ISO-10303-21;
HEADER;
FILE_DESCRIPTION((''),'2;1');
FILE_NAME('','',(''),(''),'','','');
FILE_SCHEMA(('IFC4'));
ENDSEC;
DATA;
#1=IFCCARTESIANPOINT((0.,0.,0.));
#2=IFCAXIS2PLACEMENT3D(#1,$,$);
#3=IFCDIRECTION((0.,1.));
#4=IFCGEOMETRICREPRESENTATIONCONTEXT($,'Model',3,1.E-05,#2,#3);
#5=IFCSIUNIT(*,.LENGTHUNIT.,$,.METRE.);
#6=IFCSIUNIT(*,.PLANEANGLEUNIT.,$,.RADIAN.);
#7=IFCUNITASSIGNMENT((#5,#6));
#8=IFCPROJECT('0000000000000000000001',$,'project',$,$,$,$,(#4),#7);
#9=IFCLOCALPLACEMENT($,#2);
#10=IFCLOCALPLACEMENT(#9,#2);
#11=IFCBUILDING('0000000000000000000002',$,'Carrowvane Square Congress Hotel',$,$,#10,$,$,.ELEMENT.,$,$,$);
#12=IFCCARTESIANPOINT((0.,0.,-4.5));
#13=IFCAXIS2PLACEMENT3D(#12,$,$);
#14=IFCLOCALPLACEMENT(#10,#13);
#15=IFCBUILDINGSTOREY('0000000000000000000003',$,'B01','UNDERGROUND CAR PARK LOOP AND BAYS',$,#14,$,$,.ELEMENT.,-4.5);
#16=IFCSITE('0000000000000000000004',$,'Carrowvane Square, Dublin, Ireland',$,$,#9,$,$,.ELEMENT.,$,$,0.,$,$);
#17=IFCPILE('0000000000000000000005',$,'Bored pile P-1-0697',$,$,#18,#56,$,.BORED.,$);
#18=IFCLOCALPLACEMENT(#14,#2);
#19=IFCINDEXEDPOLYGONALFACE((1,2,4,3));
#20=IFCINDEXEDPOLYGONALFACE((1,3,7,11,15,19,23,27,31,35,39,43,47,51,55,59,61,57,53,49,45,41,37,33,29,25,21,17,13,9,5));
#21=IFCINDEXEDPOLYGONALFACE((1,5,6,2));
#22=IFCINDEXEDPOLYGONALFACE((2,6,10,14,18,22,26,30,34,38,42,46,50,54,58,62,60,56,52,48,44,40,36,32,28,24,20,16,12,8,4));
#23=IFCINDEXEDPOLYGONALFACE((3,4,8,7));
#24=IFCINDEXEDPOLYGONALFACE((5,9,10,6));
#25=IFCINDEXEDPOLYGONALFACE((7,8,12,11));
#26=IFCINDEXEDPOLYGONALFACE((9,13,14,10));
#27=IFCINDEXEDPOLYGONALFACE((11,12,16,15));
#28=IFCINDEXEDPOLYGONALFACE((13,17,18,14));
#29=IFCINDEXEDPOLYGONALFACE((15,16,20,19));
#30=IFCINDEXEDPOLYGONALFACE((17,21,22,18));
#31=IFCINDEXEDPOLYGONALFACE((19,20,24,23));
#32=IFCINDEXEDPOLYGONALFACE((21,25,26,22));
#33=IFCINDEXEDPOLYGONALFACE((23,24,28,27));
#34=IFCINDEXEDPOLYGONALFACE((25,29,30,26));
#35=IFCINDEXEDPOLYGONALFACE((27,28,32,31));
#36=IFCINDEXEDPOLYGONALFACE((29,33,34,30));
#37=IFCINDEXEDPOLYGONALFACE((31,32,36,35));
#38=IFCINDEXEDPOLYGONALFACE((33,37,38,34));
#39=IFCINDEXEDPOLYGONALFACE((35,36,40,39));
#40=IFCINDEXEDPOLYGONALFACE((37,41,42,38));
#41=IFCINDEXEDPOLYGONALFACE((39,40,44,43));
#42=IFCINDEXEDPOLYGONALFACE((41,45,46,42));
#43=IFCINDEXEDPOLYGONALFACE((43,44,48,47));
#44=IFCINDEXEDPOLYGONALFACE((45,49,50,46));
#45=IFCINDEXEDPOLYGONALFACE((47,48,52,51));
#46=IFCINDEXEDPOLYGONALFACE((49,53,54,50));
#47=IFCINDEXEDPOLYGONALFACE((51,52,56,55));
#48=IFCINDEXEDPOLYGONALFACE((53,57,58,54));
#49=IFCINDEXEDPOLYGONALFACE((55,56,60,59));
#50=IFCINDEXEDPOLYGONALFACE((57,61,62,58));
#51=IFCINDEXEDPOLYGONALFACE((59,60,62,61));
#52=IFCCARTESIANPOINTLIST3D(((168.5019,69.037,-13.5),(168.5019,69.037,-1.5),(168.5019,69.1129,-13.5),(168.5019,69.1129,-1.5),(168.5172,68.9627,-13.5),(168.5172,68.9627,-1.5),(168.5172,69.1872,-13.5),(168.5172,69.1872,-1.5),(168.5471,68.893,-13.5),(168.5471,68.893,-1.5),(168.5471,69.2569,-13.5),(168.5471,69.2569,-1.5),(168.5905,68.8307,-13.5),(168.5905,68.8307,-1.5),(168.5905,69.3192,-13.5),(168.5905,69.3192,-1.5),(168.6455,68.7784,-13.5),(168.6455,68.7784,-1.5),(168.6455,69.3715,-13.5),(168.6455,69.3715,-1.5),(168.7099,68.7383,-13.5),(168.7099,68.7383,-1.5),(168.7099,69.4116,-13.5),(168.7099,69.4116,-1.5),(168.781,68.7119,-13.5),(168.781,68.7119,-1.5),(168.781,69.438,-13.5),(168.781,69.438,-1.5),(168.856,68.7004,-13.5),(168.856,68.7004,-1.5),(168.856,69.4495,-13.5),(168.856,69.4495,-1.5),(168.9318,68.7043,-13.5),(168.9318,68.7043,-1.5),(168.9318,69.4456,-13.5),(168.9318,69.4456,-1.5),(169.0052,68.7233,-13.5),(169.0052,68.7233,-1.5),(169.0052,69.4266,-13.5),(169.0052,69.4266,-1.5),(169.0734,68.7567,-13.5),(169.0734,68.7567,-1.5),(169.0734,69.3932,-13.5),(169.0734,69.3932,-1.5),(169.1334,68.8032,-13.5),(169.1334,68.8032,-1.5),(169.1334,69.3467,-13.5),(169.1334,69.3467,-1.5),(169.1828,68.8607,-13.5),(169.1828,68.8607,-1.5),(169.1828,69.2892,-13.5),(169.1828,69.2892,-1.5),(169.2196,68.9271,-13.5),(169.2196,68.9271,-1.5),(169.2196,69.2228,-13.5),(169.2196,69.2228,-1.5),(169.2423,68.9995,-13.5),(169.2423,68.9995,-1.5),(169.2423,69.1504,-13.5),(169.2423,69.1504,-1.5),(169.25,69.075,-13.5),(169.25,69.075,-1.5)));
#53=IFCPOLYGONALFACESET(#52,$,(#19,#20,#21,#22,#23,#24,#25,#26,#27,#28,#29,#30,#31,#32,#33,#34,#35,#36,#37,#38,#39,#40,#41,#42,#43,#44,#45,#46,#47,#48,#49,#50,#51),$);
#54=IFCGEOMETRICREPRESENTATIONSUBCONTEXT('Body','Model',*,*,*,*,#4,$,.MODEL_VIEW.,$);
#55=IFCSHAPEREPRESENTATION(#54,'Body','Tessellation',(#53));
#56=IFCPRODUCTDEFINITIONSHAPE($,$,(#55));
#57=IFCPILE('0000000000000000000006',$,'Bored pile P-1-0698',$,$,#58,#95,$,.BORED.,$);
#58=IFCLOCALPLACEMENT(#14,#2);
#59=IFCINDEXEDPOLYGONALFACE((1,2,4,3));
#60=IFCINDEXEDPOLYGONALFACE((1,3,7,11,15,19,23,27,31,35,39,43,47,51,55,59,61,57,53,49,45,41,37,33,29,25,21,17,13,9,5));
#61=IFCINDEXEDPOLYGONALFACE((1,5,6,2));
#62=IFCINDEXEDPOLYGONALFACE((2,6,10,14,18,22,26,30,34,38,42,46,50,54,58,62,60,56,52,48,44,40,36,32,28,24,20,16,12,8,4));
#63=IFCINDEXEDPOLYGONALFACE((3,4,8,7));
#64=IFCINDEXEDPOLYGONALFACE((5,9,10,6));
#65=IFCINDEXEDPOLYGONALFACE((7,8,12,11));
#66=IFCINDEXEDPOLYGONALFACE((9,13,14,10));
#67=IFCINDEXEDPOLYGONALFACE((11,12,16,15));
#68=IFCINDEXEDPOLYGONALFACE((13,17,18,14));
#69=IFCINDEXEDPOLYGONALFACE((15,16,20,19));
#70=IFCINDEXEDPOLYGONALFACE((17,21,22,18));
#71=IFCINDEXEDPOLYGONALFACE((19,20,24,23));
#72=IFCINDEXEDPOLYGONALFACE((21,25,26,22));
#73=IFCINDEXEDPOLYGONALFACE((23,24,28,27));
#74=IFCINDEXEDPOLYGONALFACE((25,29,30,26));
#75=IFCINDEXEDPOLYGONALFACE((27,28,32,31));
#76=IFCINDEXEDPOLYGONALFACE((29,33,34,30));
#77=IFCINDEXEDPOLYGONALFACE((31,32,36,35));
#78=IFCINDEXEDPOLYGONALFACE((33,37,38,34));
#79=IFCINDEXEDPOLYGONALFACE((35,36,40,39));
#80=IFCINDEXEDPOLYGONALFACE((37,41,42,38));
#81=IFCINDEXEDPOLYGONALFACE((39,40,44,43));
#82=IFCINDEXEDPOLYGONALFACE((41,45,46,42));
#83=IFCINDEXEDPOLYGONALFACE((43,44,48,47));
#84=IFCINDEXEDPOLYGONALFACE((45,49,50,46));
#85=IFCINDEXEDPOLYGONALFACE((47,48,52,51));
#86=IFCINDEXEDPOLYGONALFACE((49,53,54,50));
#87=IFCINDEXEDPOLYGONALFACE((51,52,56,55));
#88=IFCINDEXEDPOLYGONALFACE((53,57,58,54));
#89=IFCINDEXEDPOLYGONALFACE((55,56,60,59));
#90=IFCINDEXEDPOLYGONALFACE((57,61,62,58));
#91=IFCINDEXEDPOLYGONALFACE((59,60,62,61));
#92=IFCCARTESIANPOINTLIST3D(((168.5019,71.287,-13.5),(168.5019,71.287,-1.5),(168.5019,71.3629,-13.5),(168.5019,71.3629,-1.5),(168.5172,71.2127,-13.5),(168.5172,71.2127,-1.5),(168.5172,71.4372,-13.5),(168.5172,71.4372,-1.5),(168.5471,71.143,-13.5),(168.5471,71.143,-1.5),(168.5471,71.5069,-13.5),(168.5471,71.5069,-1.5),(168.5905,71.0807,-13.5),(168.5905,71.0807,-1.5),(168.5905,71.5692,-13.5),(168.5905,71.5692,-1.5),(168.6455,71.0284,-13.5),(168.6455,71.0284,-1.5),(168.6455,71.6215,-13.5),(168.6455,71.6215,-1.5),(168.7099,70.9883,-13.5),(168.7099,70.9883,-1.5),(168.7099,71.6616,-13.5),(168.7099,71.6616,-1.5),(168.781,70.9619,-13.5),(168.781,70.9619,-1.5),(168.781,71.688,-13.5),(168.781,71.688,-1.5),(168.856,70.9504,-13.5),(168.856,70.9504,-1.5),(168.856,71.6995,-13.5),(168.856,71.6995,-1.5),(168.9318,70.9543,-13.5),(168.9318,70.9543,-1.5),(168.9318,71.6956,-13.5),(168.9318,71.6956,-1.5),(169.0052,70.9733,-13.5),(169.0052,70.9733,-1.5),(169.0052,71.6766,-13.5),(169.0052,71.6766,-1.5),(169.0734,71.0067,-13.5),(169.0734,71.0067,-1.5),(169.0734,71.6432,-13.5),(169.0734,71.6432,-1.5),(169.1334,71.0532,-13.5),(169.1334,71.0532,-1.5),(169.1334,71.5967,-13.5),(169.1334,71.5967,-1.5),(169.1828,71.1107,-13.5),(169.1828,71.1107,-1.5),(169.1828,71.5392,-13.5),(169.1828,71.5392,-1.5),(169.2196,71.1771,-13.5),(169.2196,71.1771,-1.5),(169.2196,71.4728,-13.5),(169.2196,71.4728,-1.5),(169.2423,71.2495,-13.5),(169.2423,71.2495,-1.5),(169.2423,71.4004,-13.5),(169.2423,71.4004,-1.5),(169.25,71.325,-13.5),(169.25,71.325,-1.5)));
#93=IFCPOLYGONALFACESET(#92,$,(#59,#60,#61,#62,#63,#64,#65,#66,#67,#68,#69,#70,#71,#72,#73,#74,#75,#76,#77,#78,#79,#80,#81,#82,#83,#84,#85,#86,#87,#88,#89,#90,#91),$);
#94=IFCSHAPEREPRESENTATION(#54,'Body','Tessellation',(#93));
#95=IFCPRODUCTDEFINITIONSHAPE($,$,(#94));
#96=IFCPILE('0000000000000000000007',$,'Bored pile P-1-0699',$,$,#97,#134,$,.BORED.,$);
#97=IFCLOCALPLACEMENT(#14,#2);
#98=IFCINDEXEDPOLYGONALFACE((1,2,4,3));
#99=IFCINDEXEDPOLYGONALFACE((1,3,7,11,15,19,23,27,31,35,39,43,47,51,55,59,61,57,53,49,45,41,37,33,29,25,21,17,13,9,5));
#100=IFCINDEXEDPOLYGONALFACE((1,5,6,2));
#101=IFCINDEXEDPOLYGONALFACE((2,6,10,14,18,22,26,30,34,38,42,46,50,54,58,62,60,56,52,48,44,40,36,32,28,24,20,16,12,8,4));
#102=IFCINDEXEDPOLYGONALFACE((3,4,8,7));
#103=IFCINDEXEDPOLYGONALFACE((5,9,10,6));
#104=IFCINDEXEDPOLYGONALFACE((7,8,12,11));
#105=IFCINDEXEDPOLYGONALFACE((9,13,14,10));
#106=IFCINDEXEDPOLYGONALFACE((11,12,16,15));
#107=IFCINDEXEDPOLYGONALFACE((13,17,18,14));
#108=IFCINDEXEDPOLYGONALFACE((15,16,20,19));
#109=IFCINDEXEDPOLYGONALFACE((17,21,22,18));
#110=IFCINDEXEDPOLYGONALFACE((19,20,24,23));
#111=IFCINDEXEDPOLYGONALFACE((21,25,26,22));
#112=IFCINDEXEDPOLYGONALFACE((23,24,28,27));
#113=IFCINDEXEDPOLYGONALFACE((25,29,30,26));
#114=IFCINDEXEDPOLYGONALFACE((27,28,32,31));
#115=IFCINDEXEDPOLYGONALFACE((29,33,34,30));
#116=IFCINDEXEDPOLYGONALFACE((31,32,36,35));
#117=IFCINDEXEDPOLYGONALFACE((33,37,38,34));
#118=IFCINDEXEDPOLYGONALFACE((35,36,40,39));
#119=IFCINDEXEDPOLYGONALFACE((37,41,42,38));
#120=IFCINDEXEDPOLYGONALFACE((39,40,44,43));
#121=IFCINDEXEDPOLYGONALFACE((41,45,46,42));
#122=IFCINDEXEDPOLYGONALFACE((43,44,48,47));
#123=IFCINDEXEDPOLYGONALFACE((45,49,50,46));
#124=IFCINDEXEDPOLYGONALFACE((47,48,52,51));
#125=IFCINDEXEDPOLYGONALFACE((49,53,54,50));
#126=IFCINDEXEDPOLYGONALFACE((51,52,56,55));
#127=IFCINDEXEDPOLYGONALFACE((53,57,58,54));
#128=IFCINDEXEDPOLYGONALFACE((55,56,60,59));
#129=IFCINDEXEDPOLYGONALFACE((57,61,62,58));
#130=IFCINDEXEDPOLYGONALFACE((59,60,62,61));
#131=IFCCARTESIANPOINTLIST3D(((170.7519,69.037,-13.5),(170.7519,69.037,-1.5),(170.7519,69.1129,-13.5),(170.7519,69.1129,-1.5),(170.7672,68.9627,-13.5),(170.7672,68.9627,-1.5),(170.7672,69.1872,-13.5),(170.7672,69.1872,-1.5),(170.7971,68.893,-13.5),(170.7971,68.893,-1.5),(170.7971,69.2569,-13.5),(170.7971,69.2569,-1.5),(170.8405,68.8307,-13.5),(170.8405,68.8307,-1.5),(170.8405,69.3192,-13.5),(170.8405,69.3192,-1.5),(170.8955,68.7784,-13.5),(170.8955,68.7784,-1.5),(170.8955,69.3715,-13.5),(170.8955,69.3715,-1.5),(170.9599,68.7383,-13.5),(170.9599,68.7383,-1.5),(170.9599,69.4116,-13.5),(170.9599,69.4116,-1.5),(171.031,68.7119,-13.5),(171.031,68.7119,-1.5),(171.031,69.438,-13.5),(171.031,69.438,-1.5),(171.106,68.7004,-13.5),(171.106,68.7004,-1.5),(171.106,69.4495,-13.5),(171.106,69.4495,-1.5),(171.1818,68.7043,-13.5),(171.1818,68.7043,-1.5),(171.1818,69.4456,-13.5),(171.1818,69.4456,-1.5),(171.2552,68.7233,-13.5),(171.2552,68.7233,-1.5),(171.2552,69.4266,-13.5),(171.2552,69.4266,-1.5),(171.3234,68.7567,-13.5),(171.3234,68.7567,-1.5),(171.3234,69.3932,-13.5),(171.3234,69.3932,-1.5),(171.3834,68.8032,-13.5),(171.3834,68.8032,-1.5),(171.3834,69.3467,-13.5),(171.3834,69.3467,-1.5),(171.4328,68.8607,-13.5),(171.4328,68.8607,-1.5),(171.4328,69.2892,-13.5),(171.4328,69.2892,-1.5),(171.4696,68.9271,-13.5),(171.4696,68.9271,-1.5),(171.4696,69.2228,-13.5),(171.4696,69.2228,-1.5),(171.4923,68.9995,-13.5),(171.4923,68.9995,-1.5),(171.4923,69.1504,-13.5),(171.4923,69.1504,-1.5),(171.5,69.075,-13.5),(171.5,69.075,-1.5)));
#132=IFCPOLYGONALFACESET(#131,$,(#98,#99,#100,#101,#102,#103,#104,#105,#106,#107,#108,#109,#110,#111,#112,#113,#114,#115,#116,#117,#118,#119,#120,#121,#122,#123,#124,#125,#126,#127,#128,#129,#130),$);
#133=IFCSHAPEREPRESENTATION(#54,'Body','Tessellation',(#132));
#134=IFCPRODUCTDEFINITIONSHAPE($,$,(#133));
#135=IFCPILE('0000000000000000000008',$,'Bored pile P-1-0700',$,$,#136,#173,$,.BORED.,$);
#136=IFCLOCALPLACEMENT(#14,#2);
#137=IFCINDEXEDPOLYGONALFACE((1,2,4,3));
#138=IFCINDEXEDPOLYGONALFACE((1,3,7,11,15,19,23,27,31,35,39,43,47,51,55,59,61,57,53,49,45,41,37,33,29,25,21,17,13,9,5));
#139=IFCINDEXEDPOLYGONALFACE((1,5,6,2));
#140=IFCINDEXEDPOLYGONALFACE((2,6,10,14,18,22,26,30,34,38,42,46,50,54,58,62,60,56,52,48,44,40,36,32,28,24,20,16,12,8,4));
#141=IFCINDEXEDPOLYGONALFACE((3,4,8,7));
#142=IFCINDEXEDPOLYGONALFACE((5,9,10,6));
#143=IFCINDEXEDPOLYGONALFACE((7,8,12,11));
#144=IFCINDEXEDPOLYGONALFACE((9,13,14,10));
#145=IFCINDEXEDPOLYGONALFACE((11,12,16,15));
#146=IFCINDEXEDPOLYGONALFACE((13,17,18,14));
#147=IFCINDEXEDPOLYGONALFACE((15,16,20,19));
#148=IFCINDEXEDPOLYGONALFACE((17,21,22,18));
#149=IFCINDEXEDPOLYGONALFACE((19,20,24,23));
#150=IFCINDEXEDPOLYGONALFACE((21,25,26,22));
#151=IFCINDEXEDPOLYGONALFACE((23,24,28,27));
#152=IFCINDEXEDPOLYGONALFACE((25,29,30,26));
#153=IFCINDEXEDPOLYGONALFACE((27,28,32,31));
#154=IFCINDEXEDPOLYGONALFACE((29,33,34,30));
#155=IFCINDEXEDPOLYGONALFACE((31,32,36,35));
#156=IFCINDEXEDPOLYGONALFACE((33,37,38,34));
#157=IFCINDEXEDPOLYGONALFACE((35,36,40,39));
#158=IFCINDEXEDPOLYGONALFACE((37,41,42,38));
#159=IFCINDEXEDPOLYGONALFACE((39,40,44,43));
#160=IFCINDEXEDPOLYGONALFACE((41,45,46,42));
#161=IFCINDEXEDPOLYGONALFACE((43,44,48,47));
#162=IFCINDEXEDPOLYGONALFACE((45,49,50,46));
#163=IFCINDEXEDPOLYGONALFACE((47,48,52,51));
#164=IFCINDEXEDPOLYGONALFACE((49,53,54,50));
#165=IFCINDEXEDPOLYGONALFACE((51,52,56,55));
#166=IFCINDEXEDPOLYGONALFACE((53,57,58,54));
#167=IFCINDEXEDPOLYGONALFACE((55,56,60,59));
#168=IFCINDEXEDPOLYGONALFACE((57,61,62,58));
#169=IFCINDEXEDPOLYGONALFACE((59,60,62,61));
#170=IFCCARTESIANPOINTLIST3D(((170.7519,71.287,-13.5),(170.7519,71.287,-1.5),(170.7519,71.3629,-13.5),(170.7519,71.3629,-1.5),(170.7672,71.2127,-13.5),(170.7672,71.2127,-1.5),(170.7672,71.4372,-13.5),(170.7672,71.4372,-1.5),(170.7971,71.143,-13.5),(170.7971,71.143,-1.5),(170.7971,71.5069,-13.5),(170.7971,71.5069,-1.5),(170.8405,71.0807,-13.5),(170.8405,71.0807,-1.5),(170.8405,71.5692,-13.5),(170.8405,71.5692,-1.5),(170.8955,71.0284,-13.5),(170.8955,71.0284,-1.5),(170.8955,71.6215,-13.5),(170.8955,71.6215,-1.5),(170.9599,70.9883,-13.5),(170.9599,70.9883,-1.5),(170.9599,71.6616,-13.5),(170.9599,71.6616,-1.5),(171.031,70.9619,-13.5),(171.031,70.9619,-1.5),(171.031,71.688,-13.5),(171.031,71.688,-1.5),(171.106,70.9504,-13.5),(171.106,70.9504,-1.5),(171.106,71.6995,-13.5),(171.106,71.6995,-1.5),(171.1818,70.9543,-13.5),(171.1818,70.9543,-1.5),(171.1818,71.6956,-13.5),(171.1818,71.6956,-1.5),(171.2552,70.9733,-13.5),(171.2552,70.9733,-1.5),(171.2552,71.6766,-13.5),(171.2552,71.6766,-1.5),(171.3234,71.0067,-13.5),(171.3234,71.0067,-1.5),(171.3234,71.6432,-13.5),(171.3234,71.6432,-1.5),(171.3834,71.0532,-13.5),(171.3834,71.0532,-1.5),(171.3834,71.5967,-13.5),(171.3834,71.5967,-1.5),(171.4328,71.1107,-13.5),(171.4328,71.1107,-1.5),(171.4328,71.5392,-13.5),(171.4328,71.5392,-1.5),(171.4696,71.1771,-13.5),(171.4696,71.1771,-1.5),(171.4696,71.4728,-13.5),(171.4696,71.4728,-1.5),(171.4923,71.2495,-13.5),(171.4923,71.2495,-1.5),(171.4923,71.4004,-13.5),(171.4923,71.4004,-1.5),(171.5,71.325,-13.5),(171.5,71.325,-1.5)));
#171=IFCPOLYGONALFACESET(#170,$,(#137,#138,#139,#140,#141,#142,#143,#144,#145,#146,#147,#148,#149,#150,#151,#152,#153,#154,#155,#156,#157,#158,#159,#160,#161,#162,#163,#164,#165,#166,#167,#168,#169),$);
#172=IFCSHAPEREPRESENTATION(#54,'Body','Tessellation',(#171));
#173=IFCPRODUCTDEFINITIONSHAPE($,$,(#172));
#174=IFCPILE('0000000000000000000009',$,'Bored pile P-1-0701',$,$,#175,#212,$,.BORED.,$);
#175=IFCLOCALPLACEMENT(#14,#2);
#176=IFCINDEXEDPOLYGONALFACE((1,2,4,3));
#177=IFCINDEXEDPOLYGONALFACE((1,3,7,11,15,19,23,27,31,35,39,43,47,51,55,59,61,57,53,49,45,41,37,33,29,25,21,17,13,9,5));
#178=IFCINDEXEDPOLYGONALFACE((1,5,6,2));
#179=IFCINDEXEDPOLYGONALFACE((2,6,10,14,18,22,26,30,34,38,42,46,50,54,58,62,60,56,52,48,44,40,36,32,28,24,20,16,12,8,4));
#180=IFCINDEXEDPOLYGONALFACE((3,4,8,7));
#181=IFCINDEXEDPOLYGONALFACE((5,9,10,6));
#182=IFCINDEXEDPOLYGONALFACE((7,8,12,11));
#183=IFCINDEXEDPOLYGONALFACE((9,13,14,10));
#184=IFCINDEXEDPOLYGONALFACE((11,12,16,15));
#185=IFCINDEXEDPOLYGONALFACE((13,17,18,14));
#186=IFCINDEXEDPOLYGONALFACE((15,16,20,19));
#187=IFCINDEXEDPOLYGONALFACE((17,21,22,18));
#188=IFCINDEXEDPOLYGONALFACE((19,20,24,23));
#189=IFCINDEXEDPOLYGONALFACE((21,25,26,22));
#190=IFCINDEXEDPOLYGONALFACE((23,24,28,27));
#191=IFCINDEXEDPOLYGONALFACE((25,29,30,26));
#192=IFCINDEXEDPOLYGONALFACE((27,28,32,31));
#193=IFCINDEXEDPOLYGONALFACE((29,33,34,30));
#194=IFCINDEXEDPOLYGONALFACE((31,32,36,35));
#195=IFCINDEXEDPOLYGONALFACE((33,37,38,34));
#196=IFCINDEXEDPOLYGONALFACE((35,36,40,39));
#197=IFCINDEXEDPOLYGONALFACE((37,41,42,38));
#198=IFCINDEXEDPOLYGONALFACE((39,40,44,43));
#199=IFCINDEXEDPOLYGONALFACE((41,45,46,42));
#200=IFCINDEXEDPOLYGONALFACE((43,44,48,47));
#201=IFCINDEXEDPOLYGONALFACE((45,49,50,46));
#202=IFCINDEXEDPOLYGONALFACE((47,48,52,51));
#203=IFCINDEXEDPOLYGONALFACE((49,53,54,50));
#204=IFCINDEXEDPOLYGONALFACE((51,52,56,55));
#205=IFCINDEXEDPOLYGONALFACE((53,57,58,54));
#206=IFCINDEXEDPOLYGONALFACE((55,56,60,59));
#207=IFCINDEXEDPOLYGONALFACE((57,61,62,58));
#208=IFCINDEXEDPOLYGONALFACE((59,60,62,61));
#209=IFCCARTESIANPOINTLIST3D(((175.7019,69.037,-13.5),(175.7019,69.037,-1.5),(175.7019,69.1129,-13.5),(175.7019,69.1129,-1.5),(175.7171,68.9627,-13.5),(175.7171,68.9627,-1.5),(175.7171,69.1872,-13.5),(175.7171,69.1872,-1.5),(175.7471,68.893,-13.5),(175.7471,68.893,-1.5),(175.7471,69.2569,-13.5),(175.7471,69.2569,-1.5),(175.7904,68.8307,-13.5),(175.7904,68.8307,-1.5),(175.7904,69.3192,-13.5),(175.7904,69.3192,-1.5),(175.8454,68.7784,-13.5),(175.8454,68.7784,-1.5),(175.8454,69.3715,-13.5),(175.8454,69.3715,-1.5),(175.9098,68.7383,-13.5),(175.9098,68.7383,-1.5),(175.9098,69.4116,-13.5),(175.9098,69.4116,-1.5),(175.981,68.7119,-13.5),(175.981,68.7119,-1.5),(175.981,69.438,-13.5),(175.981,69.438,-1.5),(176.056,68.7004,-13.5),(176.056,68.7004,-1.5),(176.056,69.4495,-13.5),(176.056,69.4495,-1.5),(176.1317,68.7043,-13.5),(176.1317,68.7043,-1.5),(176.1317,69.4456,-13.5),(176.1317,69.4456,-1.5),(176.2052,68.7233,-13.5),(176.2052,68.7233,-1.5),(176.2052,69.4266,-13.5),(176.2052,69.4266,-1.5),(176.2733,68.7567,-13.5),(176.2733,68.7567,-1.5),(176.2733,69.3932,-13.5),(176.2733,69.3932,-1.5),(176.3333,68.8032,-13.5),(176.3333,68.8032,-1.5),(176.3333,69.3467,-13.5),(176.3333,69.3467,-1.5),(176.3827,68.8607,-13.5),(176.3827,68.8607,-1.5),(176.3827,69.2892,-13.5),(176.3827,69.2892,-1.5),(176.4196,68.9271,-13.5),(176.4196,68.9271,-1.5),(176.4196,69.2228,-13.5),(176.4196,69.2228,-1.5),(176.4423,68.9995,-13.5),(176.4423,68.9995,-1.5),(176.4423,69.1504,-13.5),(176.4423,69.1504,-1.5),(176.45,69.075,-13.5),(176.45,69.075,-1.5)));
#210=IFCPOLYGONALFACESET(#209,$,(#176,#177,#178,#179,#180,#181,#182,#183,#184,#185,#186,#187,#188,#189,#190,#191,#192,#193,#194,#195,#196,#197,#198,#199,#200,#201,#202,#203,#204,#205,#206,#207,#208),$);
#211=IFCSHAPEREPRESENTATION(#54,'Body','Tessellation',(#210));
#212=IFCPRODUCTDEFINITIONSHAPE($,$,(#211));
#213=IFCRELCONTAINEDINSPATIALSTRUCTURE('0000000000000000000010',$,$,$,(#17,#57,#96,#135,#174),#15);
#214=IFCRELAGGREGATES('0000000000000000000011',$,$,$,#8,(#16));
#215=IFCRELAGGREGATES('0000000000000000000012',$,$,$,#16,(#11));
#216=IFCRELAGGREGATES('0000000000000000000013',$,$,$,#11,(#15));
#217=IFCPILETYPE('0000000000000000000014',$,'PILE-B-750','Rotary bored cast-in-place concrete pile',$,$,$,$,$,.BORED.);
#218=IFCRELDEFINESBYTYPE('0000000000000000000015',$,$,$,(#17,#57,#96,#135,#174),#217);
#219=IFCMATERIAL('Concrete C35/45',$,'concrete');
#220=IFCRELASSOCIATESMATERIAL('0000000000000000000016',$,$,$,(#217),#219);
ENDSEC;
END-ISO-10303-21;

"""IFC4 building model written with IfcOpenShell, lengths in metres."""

from ifc_helpers import new_model, si_unit, direction, frame, origin, origin_2d, place, context, subcontext, project, spatial, circle, extrude, material, material_profile, profile_set, type_object, element, save


model = new_model("IFC4")

# Units and contexts
model_context = context("Model", 3, precision=1e-05, world=origin(), true_north=direction((0.0, 1.0)))
body_context = subcontext(model_context, "Body", "Model", "MODEL_VIEW")
ifc_project = project(units=[si_unit("LENGTHUNIT", "METRE"), si_unit("PLANEANGLEUNIT", "RADIAN")], contexts=[model_context])

# Site, building, storey
site_placement = place(None, origin())
site = spatial("IfcSite", under=ifc_project, at=site_placement, Name="Carrowvane Square, Dublin, Ireland", CompositionType="ELEMENT", RefElevation=0.0)
building_placement = place(site_placement, origin())
building = spatial("IfcBuilding", under=site, at=building_placement, Name="Carrowvane Square Congress Hotel", CompositionType="ELEMENT")
storey_placement = place(building_placement, frame((0.0, 0.0, -4.5)))
storey = spatial("IfcBuildingStorey", under=building, at=storey_placement, Name="B01", Description="UNDERGROUND CAR PARK LOOP AND BAYS", CompositionType="ELEMENT", Elevation=-4.5)

# Piles
ifc_material_1 = material(Name="Concrete C35/45", Category="concrete")
ifc_material_profile_1 = material_profile(ifc_material_1, circle(Radius=0.375, at=origin_2d()), Name="PILE D750")
ifc_profile_set_1 = profile_set([ifc_material_profile_1], Name="Concrete C35/45")
pile_type = type_object("IfcPileType", Name="PILE-B-750", Description="Rotary bored cast-in-place concrete pile", PredefinedType="BORED", material=ifc_profile_set_1)
for number, where, z_axis, x_axis, name in (
    (1, (168.875, 69.075, -1.5), (0.0, 0.0, -1.0), (1.0, 0.0, 0.0), "Bored pile P-1-0697"),
    (2, (168.875, 71.325, -1.5), (0.0, 0.0, -1.0), (1.0, 0.0, 0.0), "Bored pile P-1-0698"),
    (3, (171.125, 69.075, -1.5), (0.0, 0.0, -1.0), (1.0, 0.0, 0.0), "Bored pile P-1-0699"),
    (4, (171.125, 71.325, -1.5), (0.0, 0.0, -1.0), (1.0, 0.0, 0.0), "Bored pile P-1-0700"),
    (5, (176.075, 69.075, -1.5), (0.0, 0.0, -1.0), (1.0, 0.0, 0.0), "Bored pile P-1-0701"),
):
    element("IfcPile", number, at=place(storey_placement, frame(where, z_axis=z_axis, x_axis=x_axis)), inside=storey, type_object=pile_type, Name=name, PredefinedType="BORED", context=body_context, shape_type="SweptSolid", body=[
        extrude(circle(Radius=0.375, at=origin_2d()), origin(), (0.0, 0.0, 1.0), 12.0),
    ])

save(model, "model.ifc")
